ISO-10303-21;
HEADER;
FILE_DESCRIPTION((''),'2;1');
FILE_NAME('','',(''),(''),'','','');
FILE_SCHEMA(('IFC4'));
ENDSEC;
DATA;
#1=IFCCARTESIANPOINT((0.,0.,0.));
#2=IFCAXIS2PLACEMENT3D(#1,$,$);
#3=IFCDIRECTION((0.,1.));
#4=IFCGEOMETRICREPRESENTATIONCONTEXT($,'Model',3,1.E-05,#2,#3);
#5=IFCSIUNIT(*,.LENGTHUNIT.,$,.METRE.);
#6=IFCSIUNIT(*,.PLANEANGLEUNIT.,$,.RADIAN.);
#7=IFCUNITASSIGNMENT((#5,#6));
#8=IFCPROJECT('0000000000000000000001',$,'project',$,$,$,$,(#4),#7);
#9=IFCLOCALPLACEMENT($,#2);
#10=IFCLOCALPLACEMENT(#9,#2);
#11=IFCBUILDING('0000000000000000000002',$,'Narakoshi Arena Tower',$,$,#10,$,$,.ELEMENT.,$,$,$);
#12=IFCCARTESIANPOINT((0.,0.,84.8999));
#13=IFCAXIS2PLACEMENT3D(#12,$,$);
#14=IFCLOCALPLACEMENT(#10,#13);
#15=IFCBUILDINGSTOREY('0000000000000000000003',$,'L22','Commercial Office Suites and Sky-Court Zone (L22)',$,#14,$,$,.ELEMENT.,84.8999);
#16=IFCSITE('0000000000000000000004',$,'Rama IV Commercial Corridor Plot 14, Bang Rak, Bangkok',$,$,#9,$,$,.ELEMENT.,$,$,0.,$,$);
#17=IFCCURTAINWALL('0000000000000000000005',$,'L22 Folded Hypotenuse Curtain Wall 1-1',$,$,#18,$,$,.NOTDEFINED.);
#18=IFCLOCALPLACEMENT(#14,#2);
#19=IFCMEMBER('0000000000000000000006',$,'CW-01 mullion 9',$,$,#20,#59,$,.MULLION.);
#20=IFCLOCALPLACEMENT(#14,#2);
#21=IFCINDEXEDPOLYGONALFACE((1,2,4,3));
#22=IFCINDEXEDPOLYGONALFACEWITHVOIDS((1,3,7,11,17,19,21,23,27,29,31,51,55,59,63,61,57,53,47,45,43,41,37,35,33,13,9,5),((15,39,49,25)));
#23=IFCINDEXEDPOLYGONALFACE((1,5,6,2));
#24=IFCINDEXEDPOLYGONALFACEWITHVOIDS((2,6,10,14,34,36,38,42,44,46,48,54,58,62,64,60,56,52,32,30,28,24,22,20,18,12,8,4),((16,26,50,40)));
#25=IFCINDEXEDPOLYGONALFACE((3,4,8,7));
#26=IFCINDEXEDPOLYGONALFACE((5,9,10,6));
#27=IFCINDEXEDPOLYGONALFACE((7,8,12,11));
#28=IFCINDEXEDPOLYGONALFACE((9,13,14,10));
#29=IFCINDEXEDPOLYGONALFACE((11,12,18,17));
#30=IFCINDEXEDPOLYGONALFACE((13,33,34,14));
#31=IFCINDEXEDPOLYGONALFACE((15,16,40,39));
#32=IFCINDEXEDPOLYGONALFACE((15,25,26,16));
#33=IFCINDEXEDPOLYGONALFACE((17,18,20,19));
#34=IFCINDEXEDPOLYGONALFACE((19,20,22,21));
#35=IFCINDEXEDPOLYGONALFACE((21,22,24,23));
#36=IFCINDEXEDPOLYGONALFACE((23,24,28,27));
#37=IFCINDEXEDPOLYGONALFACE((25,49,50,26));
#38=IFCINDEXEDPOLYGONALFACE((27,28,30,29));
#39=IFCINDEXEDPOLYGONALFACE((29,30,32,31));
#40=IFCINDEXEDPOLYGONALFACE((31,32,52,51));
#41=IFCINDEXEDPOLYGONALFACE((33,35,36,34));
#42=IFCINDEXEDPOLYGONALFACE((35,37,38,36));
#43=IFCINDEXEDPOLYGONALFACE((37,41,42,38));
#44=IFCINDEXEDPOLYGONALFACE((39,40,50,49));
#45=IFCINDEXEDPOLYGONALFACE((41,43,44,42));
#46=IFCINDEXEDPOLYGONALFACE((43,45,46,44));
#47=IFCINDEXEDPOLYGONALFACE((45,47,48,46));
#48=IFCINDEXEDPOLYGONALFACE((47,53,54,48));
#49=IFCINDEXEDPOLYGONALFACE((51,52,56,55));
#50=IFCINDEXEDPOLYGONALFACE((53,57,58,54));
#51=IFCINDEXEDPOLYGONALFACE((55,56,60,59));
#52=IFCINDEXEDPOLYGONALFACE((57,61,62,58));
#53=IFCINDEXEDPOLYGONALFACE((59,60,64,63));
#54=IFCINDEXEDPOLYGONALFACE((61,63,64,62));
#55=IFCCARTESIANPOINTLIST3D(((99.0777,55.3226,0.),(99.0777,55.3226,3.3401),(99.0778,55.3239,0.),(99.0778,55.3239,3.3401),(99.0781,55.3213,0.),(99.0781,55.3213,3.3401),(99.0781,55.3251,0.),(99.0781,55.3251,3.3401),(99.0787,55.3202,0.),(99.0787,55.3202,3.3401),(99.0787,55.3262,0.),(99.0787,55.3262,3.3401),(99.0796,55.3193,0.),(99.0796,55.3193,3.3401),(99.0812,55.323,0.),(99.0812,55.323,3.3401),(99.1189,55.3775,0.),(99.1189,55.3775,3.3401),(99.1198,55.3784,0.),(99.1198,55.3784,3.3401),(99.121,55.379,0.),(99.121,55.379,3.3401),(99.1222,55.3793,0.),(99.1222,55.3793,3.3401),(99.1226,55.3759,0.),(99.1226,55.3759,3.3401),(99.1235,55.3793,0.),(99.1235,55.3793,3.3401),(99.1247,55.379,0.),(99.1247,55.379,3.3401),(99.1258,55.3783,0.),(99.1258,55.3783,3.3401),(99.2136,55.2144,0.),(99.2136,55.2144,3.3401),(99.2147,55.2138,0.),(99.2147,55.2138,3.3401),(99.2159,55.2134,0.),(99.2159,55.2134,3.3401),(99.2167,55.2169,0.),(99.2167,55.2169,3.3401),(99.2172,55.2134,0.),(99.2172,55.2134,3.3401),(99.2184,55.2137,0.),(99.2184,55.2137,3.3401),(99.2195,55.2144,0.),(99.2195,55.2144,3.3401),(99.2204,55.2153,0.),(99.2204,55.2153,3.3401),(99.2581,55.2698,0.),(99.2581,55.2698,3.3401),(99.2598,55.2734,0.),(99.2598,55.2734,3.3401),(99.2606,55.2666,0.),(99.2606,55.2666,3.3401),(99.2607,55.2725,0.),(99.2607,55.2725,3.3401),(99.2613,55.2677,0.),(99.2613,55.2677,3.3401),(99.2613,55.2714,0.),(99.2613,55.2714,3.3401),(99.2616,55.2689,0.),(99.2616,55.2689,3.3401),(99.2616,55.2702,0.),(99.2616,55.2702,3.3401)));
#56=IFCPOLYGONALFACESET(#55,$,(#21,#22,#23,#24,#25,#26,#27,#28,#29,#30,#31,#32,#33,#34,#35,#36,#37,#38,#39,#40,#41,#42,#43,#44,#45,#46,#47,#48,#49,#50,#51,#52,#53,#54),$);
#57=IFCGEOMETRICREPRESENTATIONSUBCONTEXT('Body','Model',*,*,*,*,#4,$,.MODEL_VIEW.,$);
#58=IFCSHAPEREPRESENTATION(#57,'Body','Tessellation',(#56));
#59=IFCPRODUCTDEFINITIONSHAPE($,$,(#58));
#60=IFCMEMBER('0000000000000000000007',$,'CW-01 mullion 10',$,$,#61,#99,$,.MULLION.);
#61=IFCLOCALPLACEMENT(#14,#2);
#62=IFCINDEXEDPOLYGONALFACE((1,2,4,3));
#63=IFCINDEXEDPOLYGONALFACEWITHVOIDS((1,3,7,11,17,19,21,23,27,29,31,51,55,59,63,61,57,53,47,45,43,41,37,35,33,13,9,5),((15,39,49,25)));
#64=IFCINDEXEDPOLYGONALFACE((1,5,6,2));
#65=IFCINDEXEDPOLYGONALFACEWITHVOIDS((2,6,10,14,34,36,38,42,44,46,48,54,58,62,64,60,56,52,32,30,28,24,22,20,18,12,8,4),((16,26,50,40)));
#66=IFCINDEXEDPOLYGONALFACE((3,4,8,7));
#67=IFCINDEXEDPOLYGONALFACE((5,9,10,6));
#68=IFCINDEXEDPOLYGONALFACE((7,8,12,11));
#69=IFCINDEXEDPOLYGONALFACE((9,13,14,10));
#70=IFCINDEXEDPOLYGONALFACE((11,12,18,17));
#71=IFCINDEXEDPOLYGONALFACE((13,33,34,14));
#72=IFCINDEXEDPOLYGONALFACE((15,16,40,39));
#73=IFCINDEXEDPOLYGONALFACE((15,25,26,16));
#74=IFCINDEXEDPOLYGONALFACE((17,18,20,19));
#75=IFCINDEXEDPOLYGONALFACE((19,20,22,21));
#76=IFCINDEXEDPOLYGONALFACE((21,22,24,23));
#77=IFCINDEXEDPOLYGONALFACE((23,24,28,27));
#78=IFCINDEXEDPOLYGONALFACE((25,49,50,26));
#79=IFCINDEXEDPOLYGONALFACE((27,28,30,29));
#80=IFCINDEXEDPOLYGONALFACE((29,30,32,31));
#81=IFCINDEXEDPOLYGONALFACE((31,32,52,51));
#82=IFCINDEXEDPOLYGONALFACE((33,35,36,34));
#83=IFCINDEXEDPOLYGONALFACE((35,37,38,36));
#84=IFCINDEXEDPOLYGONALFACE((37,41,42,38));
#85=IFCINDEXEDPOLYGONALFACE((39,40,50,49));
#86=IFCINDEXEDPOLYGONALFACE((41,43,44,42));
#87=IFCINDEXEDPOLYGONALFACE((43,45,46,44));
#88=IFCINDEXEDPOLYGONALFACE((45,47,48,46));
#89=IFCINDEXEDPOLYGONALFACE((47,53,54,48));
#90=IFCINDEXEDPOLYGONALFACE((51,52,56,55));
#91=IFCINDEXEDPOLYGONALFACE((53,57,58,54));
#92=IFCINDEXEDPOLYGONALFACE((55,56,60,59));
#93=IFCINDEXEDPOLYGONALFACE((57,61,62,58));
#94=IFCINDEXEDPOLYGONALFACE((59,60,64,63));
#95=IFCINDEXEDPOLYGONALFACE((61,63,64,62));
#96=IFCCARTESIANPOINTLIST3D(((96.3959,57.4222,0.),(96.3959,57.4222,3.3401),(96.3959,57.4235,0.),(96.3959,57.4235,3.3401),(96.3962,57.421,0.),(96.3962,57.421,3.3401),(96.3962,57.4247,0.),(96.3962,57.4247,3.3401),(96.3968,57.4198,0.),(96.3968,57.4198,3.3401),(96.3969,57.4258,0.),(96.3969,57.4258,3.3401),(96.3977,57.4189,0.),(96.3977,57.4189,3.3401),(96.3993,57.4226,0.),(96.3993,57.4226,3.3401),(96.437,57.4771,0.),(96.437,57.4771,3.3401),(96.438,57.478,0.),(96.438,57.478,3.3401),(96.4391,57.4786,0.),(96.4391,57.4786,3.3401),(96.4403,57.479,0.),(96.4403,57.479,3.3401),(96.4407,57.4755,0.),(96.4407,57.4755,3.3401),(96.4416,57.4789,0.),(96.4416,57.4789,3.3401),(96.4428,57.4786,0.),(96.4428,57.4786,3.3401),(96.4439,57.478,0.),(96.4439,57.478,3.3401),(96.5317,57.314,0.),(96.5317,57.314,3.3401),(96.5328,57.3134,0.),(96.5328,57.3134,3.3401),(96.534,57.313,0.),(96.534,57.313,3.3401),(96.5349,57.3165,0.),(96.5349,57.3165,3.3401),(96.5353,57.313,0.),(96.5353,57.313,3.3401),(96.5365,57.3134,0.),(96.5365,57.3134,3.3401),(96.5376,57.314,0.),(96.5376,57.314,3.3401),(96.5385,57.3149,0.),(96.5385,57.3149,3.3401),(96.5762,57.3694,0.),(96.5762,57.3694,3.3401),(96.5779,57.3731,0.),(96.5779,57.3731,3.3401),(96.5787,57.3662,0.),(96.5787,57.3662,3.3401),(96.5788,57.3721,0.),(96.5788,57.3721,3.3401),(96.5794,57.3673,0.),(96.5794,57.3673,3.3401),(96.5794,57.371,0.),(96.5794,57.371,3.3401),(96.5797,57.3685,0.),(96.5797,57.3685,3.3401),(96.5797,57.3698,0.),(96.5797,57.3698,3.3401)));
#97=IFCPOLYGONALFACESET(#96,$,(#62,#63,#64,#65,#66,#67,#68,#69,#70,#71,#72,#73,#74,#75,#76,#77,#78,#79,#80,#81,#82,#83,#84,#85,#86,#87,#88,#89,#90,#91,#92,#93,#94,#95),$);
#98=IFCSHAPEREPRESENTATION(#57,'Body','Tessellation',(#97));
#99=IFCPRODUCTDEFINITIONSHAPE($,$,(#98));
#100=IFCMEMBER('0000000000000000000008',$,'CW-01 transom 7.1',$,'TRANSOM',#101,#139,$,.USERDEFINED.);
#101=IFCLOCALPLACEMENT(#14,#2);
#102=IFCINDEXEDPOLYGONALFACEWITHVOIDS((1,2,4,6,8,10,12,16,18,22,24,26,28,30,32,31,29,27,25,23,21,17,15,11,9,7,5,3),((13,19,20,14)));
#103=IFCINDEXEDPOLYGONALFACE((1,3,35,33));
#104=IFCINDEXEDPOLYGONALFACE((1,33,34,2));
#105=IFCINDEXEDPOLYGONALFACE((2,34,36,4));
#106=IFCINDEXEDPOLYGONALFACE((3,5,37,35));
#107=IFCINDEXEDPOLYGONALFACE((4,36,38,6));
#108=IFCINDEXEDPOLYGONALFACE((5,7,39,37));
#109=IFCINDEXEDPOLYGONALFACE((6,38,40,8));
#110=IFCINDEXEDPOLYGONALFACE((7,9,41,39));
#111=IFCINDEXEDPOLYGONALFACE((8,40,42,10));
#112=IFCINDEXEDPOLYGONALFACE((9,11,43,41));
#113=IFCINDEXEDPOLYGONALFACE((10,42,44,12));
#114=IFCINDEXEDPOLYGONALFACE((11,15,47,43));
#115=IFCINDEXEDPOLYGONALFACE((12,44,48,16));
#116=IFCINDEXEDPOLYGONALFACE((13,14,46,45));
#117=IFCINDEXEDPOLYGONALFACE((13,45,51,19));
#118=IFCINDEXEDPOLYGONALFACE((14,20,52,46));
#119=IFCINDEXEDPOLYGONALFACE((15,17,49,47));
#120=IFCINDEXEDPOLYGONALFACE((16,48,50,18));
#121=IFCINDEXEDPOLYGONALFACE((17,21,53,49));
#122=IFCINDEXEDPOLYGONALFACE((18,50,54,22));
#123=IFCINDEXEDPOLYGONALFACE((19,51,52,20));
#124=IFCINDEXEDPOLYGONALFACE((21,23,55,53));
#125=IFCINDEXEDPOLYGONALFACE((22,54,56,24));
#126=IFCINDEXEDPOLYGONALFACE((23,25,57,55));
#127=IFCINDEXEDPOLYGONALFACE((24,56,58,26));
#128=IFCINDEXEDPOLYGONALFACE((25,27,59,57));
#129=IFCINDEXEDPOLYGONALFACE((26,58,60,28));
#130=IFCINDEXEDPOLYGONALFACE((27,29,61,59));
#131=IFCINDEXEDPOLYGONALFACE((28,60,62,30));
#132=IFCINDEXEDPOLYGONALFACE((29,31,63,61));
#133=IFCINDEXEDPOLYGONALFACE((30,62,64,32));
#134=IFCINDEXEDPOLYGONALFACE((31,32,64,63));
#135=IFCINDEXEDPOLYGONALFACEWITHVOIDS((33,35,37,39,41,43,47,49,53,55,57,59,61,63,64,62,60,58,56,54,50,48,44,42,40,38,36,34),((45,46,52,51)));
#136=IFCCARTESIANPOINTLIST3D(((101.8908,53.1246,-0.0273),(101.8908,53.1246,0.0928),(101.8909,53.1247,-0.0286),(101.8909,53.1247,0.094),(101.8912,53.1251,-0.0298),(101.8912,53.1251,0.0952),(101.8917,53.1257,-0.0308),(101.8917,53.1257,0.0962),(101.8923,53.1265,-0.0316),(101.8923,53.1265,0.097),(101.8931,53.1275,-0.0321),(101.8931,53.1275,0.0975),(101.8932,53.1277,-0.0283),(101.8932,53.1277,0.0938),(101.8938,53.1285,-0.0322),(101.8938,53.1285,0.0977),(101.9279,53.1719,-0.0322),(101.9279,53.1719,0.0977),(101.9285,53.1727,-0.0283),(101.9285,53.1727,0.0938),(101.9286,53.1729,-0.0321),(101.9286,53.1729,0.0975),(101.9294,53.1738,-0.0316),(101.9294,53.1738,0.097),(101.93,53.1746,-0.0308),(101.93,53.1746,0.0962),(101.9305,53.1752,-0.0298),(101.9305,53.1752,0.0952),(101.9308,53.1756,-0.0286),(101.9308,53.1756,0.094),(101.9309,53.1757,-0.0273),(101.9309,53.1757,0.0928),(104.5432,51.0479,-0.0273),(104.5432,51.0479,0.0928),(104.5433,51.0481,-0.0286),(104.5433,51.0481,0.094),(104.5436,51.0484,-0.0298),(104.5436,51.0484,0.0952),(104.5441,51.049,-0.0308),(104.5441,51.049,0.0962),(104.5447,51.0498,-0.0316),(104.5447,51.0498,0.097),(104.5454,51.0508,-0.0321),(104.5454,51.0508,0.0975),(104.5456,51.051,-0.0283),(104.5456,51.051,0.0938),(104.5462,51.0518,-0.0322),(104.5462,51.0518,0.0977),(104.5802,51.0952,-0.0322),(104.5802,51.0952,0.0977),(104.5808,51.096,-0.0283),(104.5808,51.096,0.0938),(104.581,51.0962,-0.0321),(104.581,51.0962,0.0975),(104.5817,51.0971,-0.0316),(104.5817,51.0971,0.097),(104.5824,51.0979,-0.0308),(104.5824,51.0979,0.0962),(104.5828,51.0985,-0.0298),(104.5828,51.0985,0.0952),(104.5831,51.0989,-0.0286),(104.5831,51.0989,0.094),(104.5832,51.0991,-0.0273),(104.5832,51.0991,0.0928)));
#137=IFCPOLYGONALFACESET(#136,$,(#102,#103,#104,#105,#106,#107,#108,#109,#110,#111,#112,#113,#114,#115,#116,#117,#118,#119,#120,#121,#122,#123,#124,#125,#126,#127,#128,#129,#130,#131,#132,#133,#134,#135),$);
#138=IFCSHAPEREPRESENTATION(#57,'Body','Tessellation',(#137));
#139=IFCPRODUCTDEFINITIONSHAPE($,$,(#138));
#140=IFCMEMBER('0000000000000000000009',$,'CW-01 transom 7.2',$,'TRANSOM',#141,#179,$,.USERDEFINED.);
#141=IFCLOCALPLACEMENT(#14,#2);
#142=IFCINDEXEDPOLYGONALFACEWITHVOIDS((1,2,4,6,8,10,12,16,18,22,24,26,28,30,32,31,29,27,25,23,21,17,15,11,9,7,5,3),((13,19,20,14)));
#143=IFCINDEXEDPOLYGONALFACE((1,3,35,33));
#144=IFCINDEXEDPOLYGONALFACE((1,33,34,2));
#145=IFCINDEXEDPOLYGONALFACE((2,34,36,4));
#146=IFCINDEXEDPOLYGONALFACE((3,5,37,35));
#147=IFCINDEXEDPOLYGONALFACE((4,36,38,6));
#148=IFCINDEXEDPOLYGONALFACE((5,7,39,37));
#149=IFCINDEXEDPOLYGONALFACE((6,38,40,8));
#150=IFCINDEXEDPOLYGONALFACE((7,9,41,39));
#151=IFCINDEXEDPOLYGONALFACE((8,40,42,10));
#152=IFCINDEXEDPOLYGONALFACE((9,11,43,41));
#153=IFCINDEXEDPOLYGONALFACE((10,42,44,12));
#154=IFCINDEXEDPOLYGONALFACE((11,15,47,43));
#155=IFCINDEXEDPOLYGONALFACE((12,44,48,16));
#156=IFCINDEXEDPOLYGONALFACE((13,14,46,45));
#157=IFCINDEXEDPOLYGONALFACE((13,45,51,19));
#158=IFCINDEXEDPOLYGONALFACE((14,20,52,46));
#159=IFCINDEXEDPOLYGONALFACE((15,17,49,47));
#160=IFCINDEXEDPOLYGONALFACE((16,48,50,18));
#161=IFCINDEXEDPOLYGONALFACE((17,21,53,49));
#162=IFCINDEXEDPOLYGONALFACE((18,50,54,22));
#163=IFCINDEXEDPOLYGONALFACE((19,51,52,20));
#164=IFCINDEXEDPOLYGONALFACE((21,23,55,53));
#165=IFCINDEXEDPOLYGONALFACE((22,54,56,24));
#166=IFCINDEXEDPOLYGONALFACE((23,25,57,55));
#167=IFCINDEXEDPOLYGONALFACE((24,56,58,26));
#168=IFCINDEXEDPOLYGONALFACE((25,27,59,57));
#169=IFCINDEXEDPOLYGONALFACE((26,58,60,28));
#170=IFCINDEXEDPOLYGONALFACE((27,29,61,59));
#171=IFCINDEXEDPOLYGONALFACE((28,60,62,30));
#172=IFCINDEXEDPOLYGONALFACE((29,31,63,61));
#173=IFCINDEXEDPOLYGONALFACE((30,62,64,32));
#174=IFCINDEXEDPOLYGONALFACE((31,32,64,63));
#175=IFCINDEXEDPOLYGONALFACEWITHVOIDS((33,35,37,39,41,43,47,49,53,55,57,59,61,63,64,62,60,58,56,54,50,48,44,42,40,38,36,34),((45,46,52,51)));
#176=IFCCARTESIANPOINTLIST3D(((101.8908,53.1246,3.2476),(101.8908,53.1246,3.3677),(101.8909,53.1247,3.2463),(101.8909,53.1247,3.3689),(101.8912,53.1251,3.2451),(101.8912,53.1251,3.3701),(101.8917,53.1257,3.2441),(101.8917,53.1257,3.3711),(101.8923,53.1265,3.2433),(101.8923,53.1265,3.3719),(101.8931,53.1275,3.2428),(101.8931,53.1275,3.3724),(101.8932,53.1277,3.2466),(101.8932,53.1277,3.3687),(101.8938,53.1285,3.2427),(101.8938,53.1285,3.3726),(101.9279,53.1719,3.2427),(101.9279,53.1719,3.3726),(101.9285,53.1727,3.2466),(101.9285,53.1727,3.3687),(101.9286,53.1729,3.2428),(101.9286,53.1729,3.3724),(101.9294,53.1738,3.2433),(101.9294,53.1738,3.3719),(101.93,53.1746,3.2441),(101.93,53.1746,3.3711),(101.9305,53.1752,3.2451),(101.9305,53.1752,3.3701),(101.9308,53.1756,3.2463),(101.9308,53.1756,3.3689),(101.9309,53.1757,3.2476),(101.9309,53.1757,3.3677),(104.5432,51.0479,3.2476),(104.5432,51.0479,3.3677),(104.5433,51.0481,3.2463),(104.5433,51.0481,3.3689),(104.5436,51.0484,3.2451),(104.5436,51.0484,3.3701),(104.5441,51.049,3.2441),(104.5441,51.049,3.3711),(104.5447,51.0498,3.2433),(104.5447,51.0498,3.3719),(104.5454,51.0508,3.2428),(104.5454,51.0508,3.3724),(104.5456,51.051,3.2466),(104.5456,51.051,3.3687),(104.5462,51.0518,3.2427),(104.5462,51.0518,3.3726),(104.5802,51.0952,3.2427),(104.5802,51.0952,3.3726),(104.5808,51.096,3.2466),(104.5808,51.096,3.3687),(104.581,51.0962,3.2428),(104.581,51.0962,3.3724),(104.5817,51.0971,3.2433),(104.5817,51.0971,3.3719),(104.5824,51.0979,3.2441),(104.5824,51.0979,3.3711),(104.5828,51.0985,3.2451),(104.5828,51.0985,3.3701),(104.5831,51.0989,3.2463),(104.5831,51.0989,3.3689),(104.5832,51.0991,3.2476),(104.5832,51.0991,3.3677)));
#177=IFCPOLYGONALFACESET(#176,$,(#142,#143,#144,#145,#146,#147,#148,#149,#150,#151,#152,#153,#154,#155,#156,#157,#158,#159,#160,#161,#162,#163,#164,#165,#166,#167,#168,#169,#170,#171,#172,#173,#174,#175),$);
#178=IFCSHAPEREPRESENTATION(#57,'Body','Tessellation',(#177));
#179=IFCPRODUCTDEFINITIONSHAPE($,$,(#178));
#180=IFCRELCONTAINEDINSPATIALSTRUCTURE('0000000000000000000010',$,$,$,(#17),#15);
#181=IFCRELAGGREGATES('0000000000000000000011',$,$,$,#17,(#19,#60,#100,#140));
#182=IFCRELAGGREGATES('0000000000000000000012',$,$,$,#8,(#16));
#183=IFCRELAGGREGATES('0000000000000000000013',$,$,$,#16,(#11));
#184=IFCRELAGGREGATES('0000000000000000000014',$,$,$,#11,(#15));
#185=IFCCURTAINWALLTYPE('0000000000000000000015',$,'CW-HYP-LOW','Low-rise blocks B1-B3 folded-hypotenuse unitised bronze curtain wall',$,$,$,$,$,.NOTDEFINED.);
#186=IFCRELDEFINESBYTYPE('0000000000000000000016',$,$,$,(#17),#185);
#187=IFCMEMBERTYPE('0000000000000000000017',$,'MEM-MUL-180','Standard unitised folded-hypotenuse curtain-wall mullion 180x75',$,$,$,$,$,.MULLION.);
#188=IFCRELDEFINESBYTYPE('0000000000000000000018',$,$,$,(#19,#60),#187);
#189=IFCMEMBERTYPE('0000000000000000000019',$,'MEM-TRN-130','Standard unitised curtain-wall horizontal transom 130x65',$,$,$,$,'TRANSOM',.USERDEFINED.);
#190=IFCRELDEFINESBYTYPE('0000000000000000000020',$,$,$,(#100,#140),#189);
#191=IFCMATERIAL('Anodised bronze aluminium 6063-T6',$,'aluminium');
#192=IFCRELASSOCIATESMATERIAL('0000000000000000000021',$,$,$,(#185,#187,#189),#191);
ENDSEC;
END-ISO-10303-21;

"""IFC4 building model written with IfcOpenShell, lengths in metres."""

from ifc_helpers import new_model, si_unit, direction, frame, origin, origin_2d, place, context, subcontext, project, spatial, hollow_rectangle, extrude, material, material_profile, profile_set, type_object, element, aggregate, save


model = new_model("IFC4")

# Units and contexts
model_context = context("Model", 3, precision=1e-05, world=origin(), true_north=direction((0.0, 1.0)))
body_context = subcontext(model_context, "Body", "Model", "MODEL_VIEW")
ifc_project = project(units=[si_unit("LENGTHUNIT", "METRE"), si_unit("PLANEANGLEUNIT", "RADIAN")], contexts=[model_context])

# Site, building, storey
site_placement = place(None, origin())
site = spatial("IfcSite", under=ifc_project, at=site_placement, Name="Rama IV Commercial Corridor Plot 14, Bang Rak, Bangkok", CompositionType="ELEMENT", RefElevation=0.0)
building_placement = place(site_placement, origin())
building = spatial("IfcBuilding", under=site, at=building_placement, Name="Narakoshi Arena Tower", CompositionType="ELEMENT")
storey_placement = place(building_placement, frame((0.0, 0.0, 84.8999)))
storey = spatial("IfcBuildingStorey", under=building, at=storey_placement, Name="L22", Description="Commercial Office Suites and Sky-Court Zone (L22)", CompositionType="ELEMENT", Elevation=84.8999)

# Curtain wall, members
ifc_material_1 = material(Name="Anodised bronze aluminium 6063-T6", Category="aluminium")
curtain_wall_type = type_object("IfcCurtainWallType", Name="CW-HYP-LOW", Description="Low-rise blocks B1-B3 folded-hypotenuse unitised bronze curtain wall", PredefinedType="NOTDEFINED", material=ifc_material_1)
curtain_wall_placement = place(storey_placement, origin())
curtain_wall = element("IfcCurtainWall", 1, at=curtain_wall_placement, inside=storey, type_object=curtain_wall_type, Name="L22 Folded Hypotenuse Curtain Wall 1-1", PredefinedType="NOTDEFINED")
ifc_material_profile_1 = material_profile(ifc_material_1, hollow_rectangle(XDim=0.075, YDim=0.1799, WallThickness=0.0039, OuterFilletRadius=0.0049, at=origin_2d()), Name="MUL180x75x4")
ifc_profile_set_1 = profile_set([ifc_material_profile_1], Name="Anodised bronze aluminium 6063-T6")
member_type_1 = type_object("IfcMemberType", Name="MEM-MUL-180", Description="Standard unitised folded-hypotenuse curtain-wall mullion 180x75", PredefinedType="MULLION", material=ifc_profile_set_1)
member_1_placement = place(storey_placement, frame((99.1697, 55.2964, 0.0), z_axis=(0.0, 0.0, 1.0), x_axis=(-0.616458, -0.787388, 0.0)))
member_1 = element("IfcMember", 2, at=member_1_placement, type_object=member_type_1, Name="CW-01 mullion 9", PredefinedType="MULLION", context=body_context, shape_type="SweptSolid", body=[
    extrude(hollow_rectangle(XDim=0.075, YDim=0.1799, WallThickness=0.0039, OuterFilletRadius=0.0049, at=origin_2d()), origin(), (0.0, 0.0, 1.0), 3.3401),
])
member_2_placement = place(storey_placement, frame((96.4878, 57.396, 0.0), z_axis=(0.0, 0.0, 1.0), x_axis=(-0.616458, -0.787388, 0.0)))
member_2 = element("IfcMember", 3, at=member_2_placement, type_object=member_type_1, Name="CW-01 mullion 10", PredefinedType="MULLION", context=body_context, shape_type="SweptSolid", body=[
    extrude(hollow_rectangle(XDim=0.075, YDim=0.1799, WallThickness=0.0039, OuterFilletRadius=0.0049, at=origin_2d()), origin(), (0.0, 0.0, 1.0), 3.3401),
])
ifc_material_profile_2 = material_profile(ifc_material_1, hollow_rectangle(XDim=0.0649, YDim=0.1299, WallThickness=0.0039, OuterFilletRadius=0.0049, at=origin_2d()), Name="TRN130x65x4")
ifc_profile_set_2 = profile_set([ifc_material_profile_2], Name="Anodised bronze aluminium 6063-T6")
member_type_2 = type_object("IfcMemberType", Name="MEM-TRN-130", Description="Standard unitised curtain-wall horizontal transom 130x65", ElementType="TRANSOM", PredefinedType="USERDEFINED", material=ifc_profile_set_2)
member_3_placement = place(storey_placement, frame((104.5632, 51.0735, 0.0327), z_axis=(-0.787373, 0.616476, 0.0), x_axis=(-0.616476, -0.787373, 0.0)))
member_3 = element("IfcMember", 4, at=member_3_placement, type_object=member_type_2, Name="CW-01 transom 7.1", ObjectType="TRANSOM", PredefinedType="USERDEFINED", context=body_context, shape_type="SweptSolid", body=[
    extrude(hollow_rectangle(XDim=0.0649, YDim=0.1299, WallThickness=0.0039, OuterFilletRadius=0.0049, at=origin_2d()), origin(), (0.0, 0.0, 1.0), 3.3687),
])
member_4_placement = place(storey_placement, frame((104.5632, 51.0735, 3.3076), z_axis=(-0.787373, 0.616476, 0.0), x_axis=(-0.616476, -0.787373, 0.0)))
member_4 = element("IfcMember", 5, at=member_4_placement, type_object=member_type_2, Name="CW-01 transom 7.2", ObjectType="TRANSOM", PredefinedType="USERDEFINED", context=body_context, shape_type="SweptSolid", body=[
    extrude(hollow_rectangle(XDim=0.0649, YDim=0.1299, WallThickness=0.0039, OuterFilletRadius=0.0049, at=origin_2d()), origin(), (0.0, 0.0, 1.0), 3.3687),
])
aggregate(curtain_wall, [member_1, member_2, member_3, member_4])

save(model, "model.ifc")
